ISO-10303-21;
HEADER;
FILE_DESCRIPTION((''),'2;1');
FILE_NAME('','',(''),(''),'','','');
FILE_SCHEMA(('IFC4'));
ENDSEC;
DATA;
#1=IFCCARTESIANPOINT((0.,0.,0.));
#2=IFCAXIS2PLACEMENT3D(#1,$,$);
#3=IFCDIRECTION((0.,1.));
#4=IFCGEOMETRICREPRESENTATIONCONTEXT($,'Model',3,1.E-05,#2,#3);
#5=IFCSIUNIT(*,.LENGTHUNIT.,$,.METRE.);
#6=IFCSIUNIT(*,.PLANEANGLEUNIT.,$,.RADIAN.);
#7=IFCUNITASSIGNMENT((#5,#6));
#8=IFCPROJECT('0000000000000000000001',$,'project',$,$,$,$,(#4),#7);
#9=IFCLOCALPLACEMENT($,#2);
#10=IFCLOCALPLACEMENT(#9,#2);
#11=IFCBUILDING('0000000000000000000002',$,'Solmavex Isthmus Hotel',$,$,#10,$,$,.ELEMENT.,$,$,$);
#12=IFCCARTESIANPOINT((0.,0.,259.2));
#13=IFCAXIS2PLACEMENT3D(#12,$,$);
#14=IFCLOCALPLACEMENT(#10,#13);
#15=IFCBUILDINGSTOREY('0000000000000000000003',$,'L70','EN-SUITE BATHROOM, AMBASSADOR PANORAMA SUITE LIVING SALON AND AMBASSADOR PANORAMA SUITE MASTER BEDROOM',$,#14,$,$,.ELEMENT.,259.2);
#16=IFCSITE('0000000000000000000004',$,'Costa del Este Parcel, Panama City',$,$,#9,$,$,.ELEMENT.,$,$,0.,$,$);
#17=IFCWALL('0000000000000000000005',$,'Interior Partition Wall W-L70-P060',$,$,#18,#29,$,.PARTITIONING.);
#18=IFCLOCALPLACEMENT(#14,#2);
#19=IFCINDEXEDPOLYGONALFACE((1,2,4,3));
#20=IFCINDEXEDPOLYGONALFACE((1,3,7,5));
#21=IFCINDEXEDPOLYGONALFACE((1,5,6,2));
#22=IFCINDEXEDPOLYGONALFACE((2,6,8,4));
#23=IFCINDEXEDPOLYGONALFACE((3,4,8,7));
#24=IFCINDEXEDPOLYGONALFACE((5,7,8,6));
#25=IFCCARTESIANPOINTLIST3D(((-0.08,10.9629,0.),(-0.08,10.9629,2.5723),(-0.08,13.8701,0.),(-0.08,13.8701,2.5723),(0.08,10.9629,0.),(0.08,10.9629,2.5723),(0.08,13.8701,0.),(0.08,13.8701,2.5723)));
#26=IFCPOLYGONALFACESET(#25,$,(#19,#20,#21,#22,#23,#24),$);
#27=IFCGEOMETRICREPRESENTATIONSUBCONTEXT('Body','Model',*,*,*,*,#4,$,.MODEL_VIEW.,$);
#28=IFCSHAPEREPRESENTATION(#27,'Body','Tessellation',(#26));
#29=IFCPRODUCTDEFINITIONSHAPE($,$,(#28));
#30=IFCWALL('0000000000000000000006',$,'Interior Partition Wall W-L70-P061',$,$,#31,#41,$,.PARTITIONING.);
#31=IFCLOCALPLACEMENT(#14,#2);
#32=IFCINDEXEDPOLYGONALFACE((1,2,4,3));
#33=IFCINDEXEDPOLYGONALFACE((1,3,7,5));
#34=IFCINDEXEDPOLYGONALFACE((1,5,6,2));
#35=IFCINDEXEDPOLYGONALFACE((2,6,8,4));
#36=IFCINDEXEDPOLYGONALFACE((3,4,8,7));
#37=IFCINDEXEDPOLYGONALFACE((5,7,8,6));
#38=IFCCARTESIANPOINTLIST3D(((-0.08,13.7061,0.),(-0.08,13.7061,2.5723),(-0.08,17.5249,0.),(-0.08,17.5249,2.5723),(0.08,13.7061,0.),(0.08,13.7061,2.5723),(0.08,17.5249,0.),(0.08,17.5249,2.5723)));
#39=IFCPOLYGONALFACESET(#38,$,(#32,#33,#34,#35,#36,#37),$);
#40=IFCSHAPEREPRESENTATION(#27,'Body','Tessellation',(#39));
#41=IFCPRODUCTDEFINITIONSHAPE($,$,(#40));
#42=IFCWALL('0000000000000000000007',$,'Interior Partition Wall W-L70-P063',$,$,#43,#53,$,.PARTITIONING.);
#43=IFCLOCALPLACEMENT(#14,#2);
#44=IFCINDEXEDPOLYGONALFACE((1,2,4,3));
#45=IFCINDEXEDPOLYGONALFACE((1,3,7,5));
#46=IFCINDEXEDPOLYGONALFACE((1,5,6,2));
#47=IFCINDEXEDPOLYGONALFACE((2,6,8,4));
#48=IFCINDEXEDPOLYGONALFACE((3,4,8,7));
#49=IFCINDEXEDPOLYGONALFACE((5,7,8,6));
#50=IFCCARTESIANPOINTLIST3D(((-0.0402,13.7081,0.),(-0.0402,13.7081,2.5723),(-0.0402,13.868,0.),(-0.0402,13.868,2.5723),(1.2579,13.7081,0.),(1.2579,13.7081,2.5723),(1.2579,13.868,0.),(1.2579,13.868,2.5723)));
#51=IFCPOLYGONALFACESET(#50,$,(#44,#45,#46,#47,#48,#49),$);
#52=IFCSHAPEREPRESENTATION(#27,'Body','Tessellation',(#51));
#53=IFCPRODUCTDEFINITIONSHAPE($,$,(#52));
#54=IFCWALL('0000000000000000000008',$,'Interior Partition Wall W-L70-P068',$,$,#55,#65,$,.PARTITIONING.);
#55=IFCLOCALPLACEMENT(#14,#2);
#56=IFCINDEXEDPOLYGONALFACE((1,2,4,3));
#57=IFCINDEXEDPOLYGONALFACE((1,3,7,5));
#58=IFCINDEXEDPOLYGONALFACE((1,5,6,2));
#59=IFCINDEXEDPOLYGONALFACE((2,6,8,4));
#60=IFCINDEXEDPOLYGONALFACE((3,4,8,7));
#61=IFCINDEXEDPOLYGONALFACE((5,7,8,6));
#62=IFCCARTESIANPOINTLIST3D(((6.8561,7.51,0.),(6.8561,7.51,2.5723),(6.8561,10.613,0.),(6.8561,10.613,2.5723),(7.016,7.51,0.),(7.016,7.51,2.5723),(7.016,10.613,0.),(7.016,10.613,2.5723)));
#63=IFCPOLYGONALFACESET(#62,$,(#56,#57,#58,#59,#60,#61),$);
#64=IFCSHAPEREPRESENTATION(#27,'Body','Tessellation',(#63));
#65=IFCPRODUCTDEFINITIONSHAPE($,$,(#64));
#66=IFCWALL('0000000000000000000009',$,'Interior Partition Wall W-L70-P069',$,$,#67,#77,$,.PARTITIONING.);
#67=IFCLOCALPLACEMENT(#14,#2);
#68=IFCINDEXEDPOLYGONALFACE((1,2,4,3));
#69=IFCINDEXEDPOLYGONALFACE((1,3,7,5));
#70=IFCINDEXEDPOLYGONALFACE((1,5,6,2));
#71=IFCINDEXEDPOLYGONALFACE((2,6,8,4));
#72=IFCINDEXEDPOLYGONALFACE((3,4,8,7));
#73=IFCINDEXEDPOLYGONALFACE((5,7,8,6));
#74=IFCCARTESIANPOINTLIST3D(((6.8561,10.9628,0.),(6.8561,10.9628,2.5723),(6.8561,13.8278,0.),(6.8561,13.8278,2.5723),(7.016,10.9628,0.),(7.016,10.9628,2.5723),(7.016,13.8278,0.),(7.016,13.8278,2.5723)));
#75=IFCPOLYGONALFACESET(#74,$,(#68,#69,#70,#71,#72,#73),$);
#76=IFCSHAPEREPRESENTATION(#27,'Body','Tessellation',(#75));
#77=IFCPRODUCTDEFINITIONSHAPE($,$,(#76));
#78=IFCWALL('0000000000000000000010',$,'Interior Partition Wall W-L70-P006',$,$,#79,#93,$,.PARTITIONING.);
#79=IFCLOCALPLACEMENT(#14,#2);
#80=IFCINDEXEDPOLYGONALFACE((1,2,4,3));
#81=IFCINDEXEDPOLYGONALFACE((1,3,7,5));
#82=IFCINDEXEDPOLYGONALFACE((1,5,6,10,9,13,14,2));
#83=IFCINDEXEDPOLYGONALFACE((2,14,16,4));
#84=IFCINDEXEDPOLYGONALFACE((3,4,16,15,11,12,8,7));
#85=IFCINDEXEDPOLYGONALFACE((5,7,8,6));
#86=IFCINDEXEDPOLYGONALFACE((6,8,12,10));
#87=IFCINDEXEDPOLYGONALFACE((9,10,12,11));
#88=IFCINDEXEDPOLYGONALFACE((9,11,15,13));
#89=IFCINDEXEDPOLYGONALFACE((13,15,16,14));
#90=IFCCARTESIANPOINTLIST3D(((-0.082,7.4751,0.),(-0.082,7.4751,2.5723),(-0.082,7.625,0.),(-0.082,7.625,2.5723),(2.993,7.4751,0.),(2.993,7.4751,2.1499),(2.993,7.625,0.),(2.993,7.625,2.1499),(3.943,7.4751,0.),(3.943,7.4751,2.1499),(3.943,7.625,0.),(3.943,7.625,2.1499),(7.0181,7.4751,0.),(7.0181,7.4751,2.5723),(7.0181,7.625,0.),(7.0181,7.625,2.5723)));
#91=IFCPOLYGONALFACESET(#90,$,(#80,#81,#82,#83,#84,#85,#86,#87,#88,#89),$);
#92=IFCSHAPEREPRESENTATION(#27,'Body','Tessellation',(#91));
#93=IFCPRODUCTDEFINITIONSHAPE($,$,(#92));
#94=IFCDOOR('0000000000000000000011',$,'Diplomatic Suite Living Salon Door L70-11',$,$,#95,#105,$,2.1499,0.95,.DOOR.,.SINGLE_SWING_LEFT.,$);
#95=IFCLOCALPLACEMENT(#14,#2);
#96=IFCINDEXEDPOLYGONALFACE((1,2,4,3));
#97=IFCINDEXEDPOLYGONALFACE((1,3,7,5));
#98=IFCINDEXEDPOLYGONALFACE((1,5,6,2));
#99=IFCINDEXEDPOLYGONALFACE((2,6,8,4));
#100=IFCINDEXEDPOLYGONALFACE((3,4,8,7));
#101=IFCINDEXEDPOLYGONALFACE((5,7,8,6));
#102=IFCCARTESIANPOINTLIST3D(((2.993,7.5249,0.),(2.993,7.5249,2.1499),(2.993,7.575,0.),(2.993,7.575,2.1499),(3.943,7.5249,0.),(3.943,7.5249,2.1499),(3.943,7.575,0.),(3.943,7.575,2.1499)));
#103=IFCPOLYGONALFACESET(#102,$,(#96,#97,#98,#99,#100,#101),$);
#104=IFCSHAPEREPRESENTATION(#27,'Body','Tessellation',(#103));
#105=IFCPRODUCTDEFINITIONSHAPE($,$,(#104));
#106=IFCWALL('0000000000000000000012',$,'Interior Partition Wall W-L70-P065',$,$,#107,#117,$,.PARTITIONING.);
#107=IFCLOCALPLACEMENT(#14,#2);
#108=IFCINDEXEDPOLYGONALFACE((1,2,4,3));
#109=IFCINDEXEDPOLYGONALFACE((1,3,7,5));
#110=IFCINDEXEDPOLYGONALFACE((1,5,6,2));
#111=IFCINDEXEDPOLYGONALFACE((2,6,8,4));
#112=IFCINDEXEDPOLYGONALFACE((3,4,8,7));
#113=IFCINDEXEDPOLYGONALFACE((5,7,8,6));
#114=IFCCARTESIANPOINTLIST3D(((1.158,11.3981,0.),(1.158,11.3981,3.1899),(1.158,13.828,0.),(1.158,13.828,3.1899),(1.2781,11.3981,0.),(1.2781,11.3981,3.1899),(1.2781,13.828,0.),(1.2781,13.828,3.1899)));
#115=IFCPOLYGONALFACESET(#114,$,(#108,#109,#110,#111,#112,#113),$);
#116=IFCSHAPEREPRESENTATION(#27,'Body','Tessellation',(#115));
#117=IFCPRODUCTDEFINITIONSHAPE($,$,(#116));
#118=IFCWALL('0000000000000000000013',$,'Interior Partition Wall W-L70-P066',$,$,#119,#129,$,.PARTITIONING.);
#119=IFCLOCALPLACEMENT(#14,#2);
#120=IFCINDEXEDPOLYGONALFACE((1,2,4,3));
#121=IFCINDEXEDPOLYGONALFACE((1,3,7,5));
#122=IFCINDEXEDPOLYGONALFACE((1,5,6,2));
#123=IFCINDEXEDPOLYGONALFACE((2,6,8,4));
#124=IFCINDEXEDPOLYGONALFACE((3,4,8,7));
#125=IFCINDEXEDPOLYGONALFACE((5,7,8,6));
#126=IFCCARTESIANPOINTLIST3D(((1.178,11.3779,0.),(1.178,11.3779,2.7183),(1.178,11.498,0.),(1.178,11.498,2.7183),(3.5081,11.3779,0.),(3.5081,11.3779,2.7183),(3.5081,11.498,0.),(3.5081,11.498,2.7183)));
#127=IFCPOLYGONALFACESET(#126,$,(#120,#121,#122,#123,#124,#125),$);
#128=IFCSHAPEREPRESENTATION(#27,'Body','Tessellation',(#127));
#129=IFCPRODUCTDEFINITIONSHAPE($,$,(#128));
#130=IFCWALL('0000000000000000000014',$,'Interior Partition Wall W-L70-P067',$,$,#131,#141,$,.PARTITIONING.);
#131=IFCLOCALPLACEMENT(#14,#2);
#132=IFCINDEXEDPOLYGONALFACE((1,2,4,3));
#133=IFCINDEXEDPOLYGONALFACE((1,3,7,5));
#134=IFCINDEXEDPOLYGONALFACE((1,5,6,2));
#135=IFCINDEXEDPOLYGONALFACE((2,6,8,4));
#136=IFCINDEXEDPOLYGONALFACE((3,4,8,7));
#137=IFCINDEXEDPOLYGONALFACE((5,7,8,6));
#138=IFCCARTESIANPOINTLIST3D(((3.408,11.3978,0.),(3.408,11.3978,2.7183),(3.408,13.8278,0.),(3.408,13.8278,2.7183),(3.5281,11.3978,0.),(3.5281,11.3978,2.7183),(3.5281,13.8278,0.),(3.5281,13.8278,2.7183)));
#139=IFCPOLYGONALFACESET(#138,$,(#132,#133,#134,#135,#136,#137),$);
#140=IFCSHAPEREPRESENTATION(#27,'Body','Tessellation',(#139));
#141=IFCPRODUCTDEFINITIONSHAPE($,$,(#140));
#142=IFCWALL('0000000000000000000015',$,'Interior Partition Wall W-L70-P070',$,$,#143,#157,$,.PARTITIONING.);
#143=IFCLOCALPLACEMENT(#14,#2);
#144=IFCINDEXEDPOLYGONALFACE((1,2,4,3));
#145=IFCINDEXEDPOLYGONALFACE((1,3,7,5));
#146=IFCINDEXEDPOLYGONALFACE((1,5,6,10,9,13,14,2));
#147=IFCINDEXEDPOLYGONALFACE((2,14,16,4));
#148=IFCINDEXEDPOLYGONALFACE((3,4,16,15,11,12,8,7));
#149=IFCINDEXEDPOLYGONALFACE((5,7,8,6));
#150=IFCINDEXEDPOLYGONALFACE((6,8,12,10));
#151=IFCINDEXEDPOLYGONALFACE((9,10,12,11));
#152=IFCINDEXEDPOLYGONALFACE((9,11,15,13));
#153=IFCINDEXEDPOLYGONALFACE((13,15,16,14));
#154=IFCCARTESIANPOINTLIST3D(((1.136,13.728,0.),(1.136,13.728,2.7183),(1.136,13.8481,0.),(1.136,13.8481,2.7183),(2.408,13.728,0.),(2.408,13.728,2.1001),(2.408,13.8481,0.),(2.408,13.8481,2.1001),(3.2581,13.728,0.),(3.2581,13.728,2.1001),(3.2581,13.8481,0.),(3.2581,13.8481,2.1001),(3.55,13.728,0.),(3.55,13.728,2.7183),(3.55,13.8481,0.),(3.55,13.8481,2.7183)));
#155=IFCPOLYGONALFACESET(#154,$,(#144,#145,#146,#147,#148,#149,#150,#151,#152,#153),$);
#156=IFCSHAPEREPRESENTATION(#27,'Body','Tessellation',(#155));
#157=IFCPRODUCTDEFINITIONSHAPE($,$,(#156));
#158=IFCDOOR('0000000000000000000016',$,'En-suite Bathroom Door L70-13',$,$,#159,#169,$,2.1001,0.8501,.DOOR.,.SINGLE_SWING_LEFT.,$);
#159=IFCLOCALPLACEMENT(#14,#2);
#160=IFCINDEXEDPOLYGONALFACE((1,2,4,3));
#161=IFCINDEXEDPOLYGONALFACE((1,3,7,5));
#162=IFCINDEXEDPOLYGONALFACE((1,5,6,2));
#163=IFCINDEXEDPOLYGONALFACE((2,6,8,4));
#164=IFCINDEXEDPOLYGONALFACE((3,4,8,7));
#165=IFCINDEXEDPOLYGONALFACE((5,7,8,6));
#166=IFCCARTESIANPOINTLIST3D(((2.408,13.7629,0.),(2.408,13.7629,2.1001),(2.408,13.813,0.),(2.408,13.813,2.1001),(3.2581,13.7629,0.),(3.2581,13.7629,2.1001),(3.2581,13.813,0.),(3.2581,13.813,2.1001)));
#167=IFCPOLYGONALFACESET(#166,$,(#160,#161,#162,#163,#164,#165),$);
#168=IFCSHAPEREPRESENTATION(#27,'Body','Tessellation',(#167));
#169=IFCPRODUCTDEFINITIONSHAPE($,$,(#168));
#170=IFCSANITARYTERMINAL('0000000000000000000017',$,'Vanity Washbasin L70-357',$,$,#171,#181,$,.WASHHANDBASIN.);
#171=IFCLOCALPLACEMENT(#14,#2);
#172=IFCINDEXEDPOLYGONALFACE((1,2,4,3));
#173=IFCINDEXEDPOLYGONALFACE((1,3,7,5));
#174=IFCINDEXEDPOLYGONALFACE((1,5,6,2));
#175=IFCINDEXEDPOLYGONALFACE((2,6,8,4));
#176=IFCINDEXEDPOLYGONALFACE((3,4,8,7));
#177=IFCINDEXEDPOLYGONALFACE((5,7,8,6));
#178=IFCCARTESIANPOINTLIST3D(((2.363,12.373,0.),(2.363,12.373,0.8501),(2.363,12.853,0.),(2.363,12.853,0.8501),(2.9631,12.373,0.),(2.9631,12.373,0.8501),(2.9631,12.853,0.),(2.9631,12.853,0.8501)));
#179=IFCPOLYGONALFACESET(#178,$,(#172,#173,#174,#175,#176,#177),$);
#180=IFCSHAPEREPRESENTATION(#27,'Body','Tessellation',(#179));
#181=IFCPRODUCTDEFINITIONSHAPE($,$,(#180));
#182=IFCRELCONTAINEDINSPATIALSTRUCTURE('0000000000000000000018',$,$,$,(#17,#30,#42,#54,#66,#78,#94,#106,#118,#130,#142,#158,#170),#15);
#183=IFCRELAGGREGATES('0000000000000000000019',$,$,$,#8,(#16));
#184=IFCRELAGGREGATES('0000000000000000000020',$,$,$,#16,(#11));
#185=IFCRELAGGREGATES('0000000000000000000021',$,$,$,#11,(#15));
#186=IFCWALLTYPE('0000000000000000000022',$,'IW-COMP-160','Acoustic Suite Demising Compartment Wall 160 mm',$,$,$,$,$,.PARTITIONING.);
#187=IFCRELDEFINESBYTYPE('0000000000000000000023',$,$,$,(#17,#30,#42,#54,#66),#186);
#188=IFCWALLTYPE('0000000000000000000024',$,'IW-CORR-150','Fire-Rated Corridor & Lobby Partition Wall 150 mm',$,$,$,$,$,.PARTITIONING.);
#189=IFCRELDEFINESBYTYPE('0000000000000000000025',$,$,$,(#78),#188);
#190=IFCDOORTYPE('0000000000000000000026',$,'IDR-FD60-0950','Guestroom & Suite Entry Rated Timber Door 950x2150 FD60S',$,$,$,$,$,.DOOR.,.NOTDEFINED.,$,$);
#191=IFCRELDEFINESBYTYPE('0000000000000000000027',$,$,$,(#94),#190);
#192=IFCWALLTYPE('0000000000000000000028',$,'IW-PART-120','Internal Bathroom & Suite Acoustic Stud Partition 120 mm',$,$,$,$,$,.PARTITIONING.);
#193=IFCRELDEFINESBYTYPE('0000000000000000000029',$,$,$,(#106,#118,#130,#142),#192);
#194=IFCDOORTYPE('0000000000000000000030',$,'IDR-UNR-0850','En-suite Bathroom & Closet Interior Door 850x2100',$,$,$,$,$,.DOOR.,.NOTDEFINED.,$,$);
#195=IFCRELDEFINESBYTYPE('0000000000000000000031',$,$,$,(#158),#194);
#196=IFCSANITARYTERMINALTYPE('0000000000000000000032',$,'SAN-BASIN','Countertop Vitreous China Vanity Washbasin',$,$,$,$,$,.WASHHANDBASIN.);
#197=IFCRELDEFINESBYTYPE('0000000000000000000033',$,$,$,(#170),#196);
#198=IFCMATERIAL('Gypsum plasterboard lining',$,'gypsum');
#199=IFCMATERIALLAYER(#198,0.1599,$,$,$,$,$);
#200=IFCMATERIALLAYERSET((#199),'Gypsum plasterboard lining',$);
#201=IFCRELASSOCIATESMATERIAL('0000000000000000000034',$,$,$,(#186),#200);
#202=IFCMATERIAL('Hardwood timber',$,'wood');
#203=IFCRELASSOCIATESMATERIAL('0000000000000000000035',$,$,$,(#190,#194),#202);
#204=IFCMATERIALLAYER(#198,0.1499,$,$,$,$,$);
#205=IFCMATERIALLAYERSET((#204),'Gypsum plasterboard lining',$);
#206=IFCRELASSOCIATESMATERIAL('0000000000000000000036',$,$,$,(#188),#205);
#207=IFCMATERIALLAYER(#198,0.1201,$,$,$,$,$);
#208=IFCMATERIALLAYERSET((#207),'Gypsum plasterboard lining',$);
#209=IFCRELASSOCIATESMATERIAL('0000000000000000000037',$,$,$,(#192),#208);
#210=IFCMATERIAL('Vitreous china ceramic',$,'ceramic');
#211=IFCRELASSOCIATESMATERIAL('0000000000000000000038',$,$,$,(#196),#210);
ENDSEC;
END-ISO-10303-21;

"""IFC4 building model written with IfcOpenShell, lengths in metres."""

from ifc_helpers import new_model, si_unit, direction, frame, frame_2d, origin, origin_2d, place, context, subcontext, project, spatial, rectangle, extrude, material, layer, layer_set, type_object, element, fill, save


model = new_model("IFC4")

# Units and contexts
model_context = context("Model", 3, precision=1e-05, world=origin(), true_north=direction((0.0, 1.0)))
body_context = subcontext(model_context, "Body", "Model", "MODEL_VIEW")
ifc_project = project(units=[si_unit("LENGTHUNIT", "METRE"), si_unit("PLANEANGLEUNIT", "RADIAN")], contexts=[model_context])

# Site, building, storey
site_placement = place(None, origin())
site = spatial("IfcSite", under=ifc_project, at=site_placement, Name="Costa del Este Parcel, Panama City", CompositionType="ELEMENT", RefElevation=0.0)
building_placement = place(site_placement, origin())
building = spatial("IfcBuilding", under=site, at=building_placement, Name="Solmavex Isthmus Hotel", CompositionType="ELEMENT")
storey_placement = place(building_placement, frame((0.0, 0.0, 259.2)))
storey = spatial("IfcBuildingStorey", under=building, at=storey_placement, Name="L70", Description="EN-SUITE BATHROOM, AMBASSADOR PANORAMA SUITE LIVING SALON AND AMBASSADOR PANORAMA SUITE MASTER BEDROOM", CompositionType="ELEMENT", Elevation=259.2)

# Walls
ifc_material_1 = material(Name="Gypsum plasterboard lining", Category="gypsum")
ifc_layer_1 = layer(ifc_material_1, 0.1599)
ifc_layer_set_1 = layer_set([ifc_layer_1], Name="Gypsum plasterboard lining")
wall_type_1 = type_object("IfcWallType", Name="IW-COMP-160", Description="Acoustic Suite Demising Compartment Wall 160 mm", PredefinedType="PARTITIONING", material=ifc_layer_set_1)
wall_1_placement = place(storey_placement, frame((0.0, 13.8701, 0.0), z_axis=(0.0, 0.0, 1.0), x_axis=(0.0, -1.0, 0.0)))
element("IfcWall", 1, at=wall_1_placement, inside=storey, type_object=wall_type_1, Name="Interior Partition Wall W-L70-P060", PredefinedType="PARTITIONING", context=body_context, shape_type="SweptSolid", body=[
    extrude(rectangle(XDim=2.9072, YDim=0.1599, at=frame_2d((1.4536, 0.0))), origin(), (0.0, 0.0, 1.0), 2.5723),
])
wall_2_placement = place(storey_placement, frame((0.0, 17.5249, 0.0), z_axis=(0.0, 0.0, 1.0), x_axis=(0.0, -1.0, 0.0)))
element("IfcWall", 2, at=wall_2_placement, inside=storey, type_object=wall_type_1, Name="Interior Partition Wall W-L70-P061", PredefinedType="PARTITIONING", context=body_context, shape_type="SweptSolid", body=[
    extrude(rectangle(XDim=3.8188, YDim=0.1599, at=frame_2d((1.9094, 0.0))), origin(), (0.0, 0.0, 1.0), 2.5723),
])
wall_3_placement = place(storey_placement, frame((-0.04, 13.7881, 0.0), z_axis=(0.0, 0.0, 1.0), x_axis=(1.0, 0.0, 0.0)))
element("IfcWall", 3, at=wall_3_placement, inside=storey, type_object=wall_type_1, Name="Interior Partition Wall W-L70-P063", PredefinedType="PARTITIONING", context=body_context, shape_type="SweptSolid", body=[
    extrude(rectangle(XDim=1.2981, YDim=0.1599, at=frame_2d((0.6489, 0.0))), origin(), (0.0, 0.0, 1.0), 2.5723),
])

# Shared definitions
ifc_material_2 = material(Name="Hardwood timber", Category="wood")
door_type_1 = type_object("IfcDoorType", Name="IDR-FD60-0950", Description="Guestroom & Suite Entry Rated Timber Door 950x2150 FD60S", OperationType="NOTDEFINED", PredefinedType="DOOR", material=ifc_material_2)

# Walls
wall_4_placement = place(storey_placement, frame((6.936, 10.613, 0.0), z_axis=(0.0, 0.0, 1.0), x_axis=(0.0, -1.0, 0.0)))
element("IfcWall", 4, at=wall_4_placement, inside=storey, type_object=wall_type_1, Name="Interior Partition Wall W-L70-P068", PredefinedType="PARTITIONING", context=body_context, shape_type="SweptSolid", body=[
    extrude(rectangle(XDim=3.103, YDim=0.1599, at=frame_2d((1.5515, 0.0))), origin(), (0.0, 0.0, 1.0), 2.5723),
])
wall_5_placement = place(storey_placement, frame((6.936, 13.8279, 0.0), z_axis=(0.0, 0.0, 1.0), x_axis=(0.0, -1.0, 0.0)))
element("IfcWall", 5, at=wall_5_placement, inside=storey, type_object=wall_type_1, Name="Interior Partition Wall W-L70-P069", PredefinedType="PARTITIONING", context=body_context, shape_type="SweptSolid", body=[
    extrude(rectangle(XDim=2.865, YDim=0.1599, at=frame_2d((1.4326, 0.0))), origin(), (0.0, 0.0, 1.0), 2.5723),
])

# Wall, opening, door
ifc_layer_2 = layer(ifc_material_1, 0.1499)
ifc_layer_set_2 = layer_set([ifc_layer_2], Name="Gypsum plasterboard lining")
wall_type_2 = type_object("IfcWallType", Name="IW-CORR-150", Description="Fire-Rated Corridor & Lobby Partition Wall 150 mm", PredefinedType="PARTITIONING", material=ifc_layer_set_2)
wall_6_placement = place(storey_placement, frame((-0.082, 7.55, 0.0), z_axis=(0.0, 0.0, 1.0), x_axis=(1.0, 0.0, 0.0)))
wall_6 = element("IfcWall", 6, at=wall_6_placement, inside=storey, type_object=wall_type_2, Name="Interior Partition Wall W-L70-P006", PredefinedType="PARTITIONING", context=body_context, shape_type="SweptSolid", body=[
    extrude(rectangle(XDim=7.1001, YDim=0.1499, at=frame_2d((3.55, 0.0))), origin(), (0.0, 0.0, 1.0), 2.5723),
])
opening_1_placement = place(wall_6_placement, frame((3.075, 0.0, 0.0)))
opening_1 = element("IfcOpeningElement", 7, at=opening_1_placement, cuts=wall_6, PredefinedType="OPENING", context=body_context, shape_type="SweptSolid", body=[
    extrude(rectangle(XDim=0.95, YDim=2.1499, at=frame_2d((0.4751, 1.075))), frame((0.0, 0.085, 0.0), z_axis=(0.0, -1.0, 0.0), x_axis=(1.0, 0.0, 0.0)), (0.0, 0.0, 1.0), 0.1699),
])
door_1_placement = place(opening_1_placement, origin())
door_1 = element("IfcDoor", 8, at=door_1_placement, inside=storey, type_object=door_type_1, Name="Diplomatic Suite Living Salon Door L70-11", OperationType="SINGLE_SWING_LEFT", OverallHeight=2.1499, OverallWidth=0.95, PredefinedType="DOOR", context=body_context, shape_type="SweptSolid", body=[
    extrude(rectangle(XDim=0.95, YDim=2.1499, at=frame_2d((0.4751, 1.075))), frame((0.0, 0.0249, 0.0), z_axis=(0.0, -1.0, 0.0), x_axis=(1.0, 0.0, 0.0)), (0.0, 0.0, 1.0), 0.05),
])
fill(opening_1, door_1)

# Walls
ifc_layer_3 = layer(ifc_material_1, 0.1201)
ifc_layer_set_3 = layer_set([ifc_layer_3], Name="Gypsum plasterboard lining")
wall_type_3 = type_object("IfcWallType", Name="IW-PART-120", Description="Internal Bathroom & Suite Acoustic Stud Partition 120 mm", PredefinedType="PARTITIONING", material=ifc_layer_set_3)
wall_7_placement = place(storey_placement, frame((1.218, 13.8279, 0.0), z_axis=(0.0, 0.0, 1.0), x_axis=(0.0, -1.0, 0.0)))
element("IfcWall", 9, at=wall_7_placement, inside=storey, type_object=wall_type_3, Name="Interior Partition Wall W-L70-P065", PredefinedType="PARTITIONING", context=body_context, shape_type="SweptSolid", body=[
    extrude(rectangle(XDim=2.4299, YDim=0.1201, at=frame_2d((1.2148, 0.0))), origin(), (0.0, 0.0, 1.0), 3.1899),
])
wall_8_placement = place(storey_placement, frame((1.178, 11.438, 0.0), z_axis=(0.0, 0.0, 1.0), x_axis=(1.0, 0.0, 0.0)))
element("IfcWall", 10, at=wall_8_placement, inside=storey, type_object=wall_type_3, Name="Interior Partition Wall W-L70-P066", PredefinedType="PARTITIONING", context=body_context, shape_type="SweptSolid", body=[
    extrude(rectangle(XDim=2.3301, YDim=0.1201, at=frame_2d((1.165, 0.0))), origin(), (0.0, 0.0, 1.0), 2.7183),
])
wall_9_placement = place(storey_placement, frame((3.468, 11.3979, 0.0), z_axis=(0.0, 0.0, 1.0), x_axis=(0.0, 1.0, 0.0)))
element("IfcWall", 11, at=wall_9_placement, inside=storey, type_object=wall_type_3, Name="Interior Partition Wall W-L70-P067", PredefinedType="PARTITIONING", context=body_context, shape_type="SweptSolid", body=[
    extrude(rectangle(XDim=2.4299, YDim=0.1201, at=frame_2d((1.2148, 0.0))), origin(), (0.0, 0.0, 1.0), 2.7183),
])

# Wall, opening, door
wall_10_placement = place(storey_placement, frame((3.55, 13.7881, 0.0), z_axis=(0.0, 0.0, 1.0), x_axis=(-1.0, 0.0, 0.0)))
wall_10 = element("IfcWall", 12, at=wall_10_placement, inside=storey, type_object=wall_type_3, Name="Interior Partition Wall W-L70-P070", PredefinedType="PARTITIONING", context=body_context, shape_type="SweptSolid", body=[
    extrude(rectangle(XDim=2.4141, YDim=0.1201, at=frame_2d((1.207, 0.0))), origin(), (0.0, 0.0, 1.0), 2.7183),
])
opening_2_placement = place(wall_10_placement, frame((0.292, 0.0, 0.0)))
opening_2 = element("IfcOpeningElement", 13, at=opening_2_placement, cuts=wall_10, PredefinedType="OPENING", context=body_context, shape_type="SweptSolid", body=[
    extrude(rectangle(XDim=0.8501, YDim=2.1001, at=frame_2d((0.425, 1.05))), frame((0.0, 0.0701, 0.0), z_axis=(0.0, -1.0, 0.0), x_axis=(1.0, 0.0, 0.0)), (0.0, 0.0, 1.0), 0.1401),
])
door_type_2 = type_object("IfcDoorType", Name="IDR-UNR-0850", Description="En-suite Bathroom & Closet Interior Door 850x2100", OperationType="NOTDEFINED", PredefinedType="DOOR", material=ifc_material_2)
door_2_placement = place(opening_2_placement, frame((0.8501, 0.0, 0.0), z_axis=(0.0, 0.0, 1.0), x_axis=(-1.0, 0.0, 0.0)))
door_2 = element("IfcDoor", 14, at=door_2_placement, inside=storey, type_object=door_type_2, Name="En-suite Bathroom Door L70-13", OperationType="SINGLE_SWING_LEFT", OverallHeight=2.1001, OverallWidth=0.8501, PredefinedType="DOOR", context=body_context, shape_type="SweptSolid", body=[
    extrude(rectangle(XDim=0.8501, YDim=2.1001, at=frame_2d((0.425, 1.05))), frame((0.0, 0.0249, 0.0), z_axis=(0.0, -1.0, 0.0), x_axis=(1.0, 0.0, 0.0)), (0.0, 0.0, 1.0), 0.05),
])
fill(opening_2, door_2)

# Sanitary terminal
ifc_material_3 = material(Name="Vitreous china ceramic", Category="ceramic")
sanitary_terminal_type_1 = type_object("IfcSanitaryTerminalType", Name="SAN-BASIN", Description="Countertop Vitreous China Vanity Washbasin", PredefinedType="WASHHANDBASIN", material=ifc_material_3)
sanitary_terminal_1_placement = place(storey_placement, frame((2.6631, 12.613, 0.0), z_axis=(0.0, 0.0, 1.0), x_axis=(1.0, 0.0, 0.0)))
element("IfcSanitaryTerminal", 15, at=sanitary_terminal_1_placement, inside=storey, type_object=sanitary_terminal_type_1, Name="Vanity Washbasin L70-357", PredefinedType="WASHHANDBASIN", context=body_context, shape_type="SweptSolid", body=[
    extrude(rectangle(XDim=0.6001, YDim=0.48, at=origin_2d()), origin(), (0.0, 0.0, 1.0), 0.8501),
])

save(model, "model.ifc")
